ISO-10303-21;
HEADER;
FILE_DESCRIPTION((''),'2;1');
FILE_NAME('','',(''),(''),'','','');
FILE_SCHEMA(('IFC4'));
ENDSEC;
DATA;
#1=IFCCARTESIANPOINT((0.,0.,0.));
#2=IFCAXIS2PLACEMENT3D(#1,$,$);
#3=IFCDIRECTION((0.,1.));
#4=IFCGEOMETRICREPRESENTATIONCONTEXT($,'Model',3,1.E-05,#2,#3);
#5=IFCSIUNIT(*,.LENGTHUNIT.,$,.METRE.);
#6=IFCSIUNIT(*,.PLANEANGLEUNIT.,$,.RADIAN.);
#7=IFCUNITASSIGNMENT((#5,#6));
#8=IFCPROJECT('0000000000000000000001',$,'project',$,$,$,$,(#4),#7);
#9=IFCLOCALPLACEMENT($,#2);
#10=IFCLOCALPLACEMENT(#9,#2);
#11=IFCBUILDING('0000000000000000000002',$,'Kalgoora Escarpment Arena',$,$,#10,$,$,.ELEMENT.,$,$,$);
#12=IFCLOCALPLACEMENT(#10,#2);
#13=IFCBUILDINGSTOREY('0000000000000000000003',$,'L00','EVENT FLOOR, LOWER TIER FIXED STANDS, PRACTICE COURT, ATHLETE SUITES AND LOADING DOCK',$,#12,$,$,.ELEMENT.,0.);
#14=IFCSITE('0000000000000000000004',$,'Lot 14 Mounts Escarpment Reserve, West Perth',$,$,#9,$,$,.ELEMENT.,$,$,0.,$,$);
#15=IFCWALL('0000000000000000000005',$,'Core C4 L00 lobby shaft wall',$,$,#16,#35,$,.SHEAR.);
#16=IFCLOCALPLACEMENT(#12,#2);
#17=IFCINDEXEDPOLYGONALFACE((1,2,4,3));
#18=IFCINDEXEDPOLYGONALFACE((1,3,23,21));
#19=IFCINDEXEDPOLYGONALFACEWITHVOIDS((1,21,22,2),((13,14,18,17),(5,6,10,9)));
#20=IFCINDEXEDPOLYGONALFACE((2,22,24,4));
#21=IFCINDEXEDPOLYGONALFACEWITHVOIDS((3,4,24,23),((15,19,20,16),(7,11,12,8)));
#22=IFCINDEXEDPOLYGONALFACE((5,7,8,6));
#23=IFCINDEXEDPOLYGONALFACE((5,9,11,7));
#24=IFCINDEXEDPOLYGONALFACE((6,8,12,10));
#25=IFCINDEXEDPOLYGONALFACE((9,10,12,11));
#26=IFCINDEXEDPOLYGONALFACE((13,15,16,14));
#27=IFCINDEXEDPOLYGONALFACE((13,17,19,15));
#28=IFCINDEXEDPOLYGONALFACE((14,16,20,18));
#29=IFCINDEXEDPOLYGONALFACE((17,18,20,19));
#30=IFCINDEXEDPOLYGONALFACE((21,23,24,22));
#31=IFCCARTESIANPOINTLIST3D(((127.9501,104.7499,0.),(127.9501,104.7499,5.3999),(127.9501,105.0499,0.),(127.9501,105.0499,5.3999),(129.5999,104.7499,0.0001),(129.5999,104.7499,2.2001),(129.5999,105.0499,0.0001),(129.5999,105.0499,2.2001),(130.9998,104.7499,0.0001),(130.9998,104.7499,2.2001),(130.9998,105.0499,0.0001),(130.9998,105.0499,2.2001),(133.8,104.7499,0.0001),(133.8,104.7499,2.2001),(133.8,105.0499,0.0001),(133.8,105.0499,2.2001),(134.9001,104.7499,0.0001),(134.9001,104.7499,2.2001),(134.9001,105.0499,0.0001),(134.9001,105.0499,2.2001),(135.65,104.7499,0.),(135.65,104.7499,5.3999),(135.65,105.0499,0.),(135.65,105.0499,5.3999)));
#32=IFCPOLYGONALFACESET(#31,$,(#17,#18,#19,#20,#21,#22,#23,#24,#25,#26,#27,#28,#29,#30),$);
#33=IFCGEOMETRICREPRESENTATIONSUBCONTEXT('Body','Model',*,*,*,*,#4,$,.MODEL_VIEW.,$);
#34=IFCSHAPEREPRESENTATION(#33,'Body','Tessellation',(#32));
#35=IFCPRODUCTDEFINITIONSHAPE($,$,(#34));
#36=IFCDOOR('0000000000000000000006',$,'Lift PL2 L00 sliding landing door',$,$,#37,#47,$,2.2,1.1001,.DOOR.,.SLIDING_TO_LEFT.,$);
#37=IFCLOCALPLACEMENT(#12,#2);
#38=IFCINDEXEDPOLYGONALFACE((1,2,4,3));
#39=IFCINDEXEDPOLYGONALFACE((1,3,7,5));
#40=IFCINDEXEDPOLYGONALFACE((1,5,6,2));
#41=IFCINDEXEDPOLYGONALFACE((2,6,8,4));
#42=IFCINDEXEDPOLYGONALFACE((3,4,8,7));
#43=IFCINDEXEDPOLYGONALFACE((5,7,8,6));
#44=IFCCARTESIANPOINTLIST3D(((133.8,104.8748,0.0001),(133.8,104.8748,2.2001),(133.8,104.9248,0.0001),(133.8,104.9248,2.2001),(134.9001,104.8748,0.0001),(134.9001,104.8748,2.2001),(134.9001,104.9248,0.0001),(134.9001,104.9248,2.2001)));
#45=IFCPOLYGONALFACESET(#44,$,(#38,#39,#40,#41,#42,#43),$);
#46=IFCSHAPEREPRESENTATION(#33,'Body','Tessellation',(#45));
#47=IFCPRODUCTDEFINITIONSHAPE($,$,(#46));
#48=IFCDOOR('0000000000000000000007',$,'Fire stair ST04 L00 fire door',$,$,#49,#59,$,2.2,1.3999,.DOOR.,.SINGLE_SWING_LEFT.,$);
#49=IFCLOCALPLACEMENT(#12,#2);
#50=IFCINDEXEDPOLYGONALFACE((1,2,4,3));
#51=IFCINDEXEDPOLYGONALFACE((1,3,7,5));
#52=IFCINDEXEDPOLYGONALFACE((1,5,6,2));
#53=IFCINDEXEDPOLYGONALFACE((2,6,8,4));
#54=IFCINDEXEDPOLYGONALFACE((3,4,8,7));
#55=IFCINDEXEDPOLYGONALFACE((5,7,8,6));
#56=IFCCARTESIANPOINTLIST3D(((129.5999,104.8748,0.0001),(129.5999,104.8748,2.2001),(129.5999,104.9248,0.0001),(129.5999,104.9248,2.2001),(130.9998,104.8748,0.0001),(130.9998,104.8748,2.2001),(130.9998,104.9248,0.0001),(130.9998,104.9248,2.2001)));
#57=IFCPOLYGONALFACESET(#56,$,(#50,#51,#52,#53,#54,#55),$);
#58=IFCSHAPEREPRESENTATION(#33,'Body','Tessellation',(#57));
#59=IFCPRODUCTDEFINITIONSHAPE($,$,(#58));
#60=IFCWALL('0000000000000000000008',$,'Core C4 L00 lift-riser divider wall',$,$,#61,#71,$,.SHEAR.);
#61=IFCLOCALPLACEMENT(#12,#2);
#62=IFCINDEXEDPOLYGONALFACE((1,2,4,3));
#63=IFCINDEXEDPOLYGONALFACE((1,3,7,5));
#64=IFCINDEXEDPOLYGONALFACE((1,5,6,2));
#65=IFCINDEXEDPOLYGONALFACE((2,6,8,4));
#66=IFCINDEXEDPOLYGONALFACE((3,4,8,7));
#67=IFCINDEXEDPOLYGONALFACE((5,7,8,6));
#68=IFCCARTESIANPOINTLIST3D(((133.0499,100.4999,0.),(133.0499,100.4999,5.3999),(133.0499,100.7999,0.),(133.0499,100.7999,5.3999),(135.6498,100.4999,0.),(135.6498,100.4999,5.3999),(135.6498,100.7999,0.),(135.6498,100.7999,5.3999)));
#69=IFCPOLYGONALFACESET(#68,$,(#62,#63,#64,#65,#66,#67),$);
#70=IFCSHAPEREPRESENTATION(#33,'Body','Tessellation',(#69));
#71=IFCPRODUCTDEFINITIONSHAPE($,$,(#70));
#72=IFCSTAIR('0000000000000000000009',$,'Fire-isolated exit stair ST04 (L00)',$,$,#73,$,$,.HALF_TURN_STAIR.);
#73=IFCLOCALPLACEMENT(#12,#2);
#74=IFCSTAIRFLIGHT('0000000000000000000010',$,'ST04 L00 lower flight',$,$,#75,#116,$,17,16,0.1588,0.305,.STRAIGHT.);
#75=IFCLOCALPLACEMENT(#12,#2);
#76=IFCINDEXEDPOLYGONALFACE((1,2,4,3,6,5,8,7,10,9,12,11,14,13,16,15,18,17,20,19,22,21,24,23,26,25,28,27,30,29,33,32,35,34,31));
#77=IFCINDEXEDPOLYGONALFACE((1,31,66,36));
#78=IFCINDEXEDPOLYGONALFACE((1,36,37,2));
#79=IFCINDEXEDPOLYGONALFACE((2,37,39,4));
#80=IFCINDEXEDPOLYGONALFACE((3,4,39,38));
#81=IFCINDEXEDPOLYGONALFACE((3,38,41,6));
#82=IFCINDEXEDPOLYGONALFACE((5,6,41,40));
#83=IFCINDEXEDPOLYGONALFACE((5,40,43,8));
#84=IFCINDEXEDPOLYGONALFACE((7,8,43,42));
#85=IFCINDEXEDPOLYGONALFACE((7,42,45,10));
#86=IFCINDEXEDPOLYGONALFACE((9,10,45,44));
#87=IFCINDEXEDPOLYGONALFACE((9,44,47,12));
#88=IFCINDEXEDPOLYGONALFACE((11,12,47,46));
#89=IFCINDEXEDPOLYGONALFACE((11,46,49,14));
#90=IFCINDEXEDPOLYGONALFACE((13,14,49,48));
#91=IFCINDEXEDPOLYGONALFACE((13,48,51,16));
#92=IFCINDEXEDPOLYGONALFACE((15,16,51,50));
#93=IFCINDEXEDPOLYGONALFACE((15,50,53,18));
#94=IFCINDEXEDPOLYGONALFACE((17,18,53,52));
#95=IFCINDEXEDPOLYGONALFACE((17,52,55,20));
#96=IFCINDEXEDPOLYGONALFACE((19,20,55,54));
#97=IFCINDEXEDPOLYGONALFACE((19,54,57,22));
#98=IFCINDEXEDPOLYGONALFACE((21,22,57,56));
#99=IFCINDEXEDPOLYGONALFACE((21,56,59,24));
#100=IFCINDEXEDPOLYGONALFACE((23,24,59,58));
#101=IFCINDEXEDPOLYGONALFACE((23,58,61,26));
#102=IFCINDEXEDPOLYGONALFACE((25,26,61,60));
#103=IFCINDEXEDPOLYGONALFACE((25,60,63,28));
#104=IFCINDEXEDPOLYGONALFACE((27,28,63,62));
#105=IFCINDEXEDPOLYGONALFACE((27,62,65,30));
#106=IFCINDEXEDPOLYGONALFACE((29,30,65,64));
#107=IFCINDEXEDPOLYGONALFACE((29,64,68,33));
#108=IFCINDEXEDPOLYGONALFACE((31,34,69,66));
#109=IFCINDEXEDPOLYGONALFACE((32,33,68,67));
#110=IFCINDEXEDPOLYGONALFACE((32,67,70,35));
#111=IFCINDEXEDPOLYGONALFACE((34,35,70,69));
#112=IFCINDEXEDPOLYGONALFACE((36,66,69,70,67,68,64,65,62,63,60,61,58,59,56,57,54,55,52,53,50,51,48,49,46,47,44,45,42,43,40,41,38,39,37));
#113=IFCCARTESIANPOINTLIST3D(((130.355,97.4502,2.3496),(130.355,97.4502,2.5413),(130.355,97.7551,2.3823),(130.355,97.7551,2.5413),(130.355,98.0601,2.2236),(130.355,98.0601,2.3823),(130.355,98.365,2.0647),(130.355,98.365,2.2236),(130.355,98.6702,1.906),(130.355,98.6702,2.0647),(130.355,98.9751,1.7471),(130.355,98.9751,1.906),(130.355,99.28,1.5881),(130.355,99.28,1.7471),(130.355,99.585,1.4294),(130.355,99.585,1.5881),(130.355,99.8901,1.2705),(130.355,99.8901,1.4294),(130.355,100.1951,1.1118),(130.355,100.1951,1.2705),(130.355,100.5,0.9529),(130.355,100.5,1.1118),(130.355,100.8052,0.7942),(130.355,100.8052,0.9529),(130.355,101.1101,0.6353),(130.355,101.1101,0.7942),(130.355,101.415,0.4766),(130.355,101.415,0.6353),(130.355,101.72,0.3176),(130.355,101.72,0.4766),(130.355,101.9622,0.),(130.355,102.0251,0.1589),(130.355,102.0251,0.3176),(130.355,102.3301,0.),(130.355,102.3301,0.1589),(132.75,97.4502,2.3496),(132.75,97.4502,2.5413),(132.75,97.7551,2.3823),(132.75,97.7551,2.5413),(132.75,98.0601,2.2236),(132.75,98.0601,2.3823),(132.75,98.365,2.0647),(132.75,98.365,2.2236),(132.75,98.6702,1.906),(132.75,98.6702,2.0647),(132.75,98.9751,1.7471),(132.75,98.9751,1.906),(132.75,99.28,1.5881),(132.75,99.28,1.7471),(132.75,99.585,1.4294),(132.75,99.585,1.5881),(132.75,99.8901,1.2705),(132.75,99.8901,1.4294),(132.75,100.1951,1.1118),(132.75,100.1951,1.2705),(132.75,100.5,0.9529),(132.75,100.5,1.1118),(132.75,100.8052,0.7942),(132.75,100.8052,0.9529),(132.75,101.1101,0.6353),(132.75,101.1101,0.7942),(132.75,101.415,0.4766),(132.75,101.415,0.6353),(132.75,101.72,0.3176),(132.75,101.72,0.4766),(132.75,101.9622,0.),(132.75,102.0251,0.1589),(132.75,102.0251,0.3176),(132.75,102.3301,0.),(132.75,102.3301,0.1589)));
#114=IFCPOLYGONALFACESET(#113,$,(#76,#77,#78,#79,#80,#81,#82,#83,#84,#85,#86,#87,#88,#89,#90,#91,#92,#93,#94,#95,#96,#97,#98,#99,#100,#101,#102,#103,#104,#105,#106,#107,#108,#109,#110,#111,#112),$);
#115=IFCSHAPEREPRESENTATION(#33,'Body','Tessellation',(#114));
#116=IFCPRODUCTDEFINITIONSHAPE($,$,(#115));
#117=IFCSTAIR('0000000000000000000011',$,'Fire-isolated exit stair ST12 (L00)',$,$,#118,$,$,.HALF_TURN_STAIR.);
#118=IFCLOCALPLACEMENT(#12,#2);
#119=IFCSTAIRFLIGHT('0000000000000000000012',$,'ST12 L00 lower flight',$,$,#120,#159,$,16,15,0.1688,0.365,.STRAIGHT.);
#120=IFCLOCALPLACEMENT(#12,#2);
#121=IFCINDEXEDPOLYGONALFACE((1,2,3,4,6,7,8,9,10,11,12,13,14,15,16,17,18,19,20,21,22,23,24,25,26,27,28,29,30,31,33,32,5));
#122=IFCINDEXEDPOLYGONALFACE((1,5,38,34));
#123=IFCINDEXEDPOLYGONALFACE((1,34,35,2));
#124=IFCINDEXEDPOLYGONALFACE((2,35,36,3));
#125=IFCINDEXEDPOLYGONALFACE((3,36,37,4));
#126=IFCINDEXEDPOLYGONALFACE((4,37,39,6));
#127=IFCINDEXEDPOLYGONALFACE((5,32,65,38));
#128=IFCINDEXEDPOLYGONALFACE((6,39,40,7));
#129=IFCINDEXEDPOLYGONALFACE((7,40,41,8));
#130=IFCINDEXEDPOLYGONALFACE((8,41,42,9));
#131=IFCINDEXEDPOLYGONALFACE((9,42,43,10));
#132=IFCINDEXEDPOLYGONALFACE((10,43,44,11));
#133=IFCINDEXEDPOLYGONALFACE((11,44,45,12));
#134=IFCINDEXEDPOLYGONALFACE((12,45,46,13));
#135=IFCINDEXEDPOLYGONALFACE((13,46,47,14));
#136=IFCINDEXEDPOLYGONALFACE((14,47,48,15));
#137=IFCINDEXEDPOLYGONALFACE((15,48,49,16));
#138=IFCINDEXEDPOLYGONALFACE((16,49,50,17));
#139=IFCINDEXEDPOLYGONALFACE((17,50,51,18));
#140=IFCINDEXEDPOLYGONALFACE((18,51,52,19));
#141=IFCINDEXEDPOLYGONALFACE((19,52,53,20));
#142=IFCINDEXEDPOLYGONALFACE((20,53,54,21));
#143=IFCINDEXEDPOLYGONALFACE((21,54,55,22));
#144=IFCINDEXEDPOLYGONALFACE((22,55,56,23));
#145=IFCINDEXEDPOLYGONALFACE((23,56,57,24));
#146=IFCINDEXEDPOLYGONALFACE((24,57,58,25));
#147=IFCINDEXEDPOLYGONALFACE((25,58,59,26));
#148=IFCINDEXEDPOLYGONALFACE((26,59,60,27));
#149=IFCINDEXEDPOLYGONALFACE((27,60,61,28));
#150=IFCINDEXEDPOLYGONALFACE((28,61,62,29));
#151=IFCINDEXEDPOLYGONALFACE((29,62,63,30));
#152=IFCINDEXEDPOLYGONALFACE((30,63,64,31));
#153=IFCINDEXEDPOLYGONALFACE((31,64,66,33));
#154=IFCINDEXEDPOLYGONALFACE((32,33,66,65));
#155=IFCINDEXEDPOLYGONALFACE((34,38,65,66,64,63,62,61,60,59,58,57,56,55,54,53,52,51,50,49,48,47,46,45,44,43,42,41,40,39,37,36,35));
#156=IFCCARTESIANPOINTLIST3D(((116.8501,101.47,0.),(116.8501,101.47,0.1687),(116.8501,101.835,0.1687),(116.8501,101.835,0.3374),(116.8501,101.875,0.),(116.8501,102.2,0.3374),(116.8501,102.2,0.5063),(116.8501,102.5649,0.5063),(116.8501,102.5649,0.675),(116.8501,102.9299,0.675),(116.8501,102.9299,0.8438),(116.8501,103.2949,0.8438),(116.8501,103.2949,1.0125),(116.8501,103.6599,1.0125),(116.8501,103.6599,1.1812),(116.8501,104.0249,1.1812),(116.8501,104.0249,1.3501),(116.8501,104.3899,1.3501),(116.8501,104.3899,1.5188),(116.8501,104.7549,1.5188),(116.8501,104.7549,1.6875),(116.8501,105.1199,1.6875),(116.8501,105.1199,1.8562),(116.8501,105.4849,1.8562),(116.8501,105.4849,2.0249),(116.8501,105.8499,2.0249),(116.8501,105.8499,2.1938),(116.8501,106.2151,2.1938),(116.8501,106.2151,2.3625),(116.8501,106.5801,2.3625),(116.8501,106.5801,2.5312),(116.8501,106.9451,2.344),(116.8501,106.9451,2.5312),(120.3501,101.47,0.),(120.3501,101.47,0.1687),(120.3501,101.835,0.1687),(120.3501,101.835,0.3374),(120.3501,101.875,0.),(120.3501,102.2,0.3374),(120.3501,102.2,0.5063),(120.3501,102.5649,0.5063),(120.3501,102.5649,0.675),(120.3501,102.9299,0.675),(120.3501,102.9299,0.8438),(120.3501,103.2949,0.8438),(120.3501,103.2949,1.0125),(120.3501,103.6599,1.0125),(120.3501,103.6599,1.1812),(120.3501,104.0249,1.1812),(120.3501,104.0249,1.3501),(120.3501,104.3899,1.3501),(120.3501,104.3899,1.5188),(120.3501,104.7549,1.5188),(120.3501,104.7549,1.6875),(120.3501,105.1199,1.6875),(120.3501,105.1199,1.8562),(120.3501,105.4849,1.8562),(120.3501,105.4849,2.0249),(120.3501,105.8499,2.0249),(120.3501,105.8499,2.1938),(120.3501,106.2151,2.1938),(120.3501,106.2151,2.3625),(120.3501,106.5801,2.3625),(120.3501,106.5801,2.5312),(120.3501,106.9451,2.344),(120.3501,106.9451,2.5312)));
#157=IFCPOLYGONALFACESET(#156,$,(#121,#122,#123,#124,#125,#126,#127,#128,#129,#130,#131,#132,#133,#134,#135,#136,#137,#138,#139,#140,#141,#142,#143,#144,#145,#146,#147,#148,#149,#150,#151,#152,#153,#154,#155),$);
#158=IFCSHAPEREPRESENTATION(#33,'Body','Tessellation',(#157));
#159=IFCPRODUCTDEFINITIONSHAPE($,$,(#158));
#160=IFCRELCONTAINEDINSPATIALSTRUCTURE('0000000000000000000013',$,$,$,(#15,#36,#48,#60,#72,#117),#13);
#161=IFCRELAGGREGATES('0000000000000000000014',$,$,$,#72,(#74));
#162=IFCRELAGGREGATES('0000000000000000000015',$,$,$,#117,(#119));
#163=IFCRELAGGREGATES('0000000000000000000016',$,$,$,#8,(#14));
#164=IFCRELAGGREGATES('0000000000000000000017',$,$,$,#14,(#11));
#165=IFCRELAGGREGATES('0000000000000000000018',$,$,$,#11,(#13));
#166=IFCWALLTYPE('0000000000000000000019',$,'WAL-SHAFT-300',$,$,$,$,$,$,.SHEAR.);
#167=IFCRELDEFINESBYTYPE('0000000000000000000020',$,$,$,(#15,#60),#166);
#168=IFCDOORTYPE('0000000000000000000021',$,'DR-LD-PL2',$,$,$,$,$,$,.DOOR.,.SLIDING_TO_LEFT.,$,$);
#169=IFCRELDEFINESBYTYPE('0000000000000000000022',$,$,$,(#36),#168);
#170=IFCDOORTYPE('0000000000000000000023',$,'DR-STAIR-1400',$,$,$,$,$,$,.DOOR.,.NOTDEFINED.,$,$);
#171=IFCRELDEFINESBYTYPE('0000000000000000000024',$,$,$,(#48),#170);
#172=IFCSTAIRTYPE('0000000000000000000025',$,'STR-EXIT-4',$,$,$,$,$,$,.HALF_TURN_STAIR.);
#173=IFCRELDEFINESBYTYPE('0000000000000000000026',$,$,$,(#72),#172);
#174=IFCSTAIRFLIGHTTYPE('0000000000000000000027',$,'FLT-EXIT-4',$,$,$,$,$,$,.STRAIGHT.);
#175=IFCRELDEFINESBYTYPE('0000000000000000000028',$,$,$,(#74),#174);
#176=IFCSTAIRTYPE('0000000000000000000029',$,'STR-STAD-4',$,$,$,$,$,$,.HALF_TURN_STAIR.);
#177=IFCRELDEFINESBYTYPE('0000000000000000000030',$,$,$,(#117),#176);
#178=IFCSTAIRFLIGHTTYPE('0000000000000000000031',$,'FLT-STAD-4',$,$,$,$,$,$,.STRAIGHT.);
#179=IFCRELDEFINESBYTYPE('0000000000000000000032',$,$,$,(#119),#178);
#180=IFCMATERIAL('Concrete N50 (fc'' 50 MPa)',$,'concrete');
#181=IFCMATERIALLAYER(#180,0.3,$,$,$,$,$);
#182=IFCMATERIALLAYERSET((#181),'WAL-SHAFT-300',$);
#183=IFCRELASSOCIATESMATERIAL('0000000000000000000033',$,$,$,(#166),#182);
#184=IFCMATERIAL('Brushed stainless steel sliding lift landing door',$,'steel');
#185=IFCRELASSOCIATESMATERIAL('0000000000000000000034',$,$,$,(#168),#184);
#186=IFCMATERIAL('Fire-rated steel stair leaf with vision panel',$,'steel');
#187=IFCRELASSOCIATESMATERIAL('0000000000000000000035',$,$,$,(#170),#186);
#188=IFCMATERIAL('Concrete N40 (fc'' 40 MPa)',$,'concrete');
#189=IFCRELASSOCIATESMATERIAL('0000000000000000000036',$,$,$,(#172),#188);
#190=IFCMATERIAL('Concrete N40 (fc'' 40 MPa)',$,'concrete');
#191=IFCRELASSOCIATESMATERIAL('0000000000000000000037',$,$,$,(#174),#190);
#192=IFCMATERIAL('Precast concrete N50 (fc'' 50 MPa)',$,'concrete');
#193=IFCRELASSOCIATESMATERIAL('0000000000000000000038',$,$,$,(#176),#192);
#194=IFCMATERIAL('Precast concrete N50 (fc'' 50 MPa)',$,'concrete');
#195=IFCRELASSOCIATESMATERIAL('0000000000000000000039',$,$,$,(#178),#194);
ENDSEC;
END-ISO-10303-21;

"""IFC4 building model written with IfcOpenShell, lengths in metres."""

from ifc_helpers import new_model, si_unit, direction, frame, frame_2d, origin, place, context, subcontext, project, spatial, polyline, rectangle, outline, extrude, material, layer, layer_set, type_object, element, fill, aggregate, save


model = new_model("IFC4")

# Units and contexts
model_context = context("Model", 3, precision=1e-05, world=origin(), true_north=direction((0.0, 1.0)))
body_context = subcontext(model_context, "Body", "Model", "MODEL_VIEW")
ifc_project = project(units=[si_unit("LENGTHUNIT", "METRE"), si_unit("PLANEANGLEUNIT", "RADIAN")], contexts=[model_context])

# Site, building, storey
site_placement = place(None, origin())
site = spatial("IfcSite", under=ifc_project, at=site_placement, Name="Lot 14 Mounts Escarpment Reserve, West Perth", CompositionType="ELEMENT", RefElevation=0.0)
building_placement = place(site_placement, origin())
building = spatial("IfcBuilding", under=site, at=building_placement, Name="Kalgoora Escarpment Arena", CompositionType="ELEMENT")
storey_placement = place(building_placement, origin())
storey = spatial("IfcBuildingStorey", under=building, at=storey_placement, Name="L00", Description="EVENT FLOOR, LOWER TIER FIXED STANDS, PRACTICE COURT, ATHLETE SUITES AND LOADING DOCK", CompositionType="ELEMENT", Elevation=0.0)

# Wall, openings, doors
ifc_material_1 = material(Name="Concrete N50 (fc' 50 MPa)", Category="concrete")
ifc_layer = layer(ifc_material_1, 0.3)
ifc_layer_set = layer_set([ifc_layer], Name="WAL-SHAFT-300")
wall_type = type_object("IfcWallType", Name="WAL-SHAFT-300", PredefinedType="SHEAR", material=ifc_layer_set)
wall_1_placement = place(storey_placement, frame((127.95, 104.8999, 0.0), z_axis=(0.0, 0.0, 1.0), x_axis=(1.0, 0.0, 0.0)))
wall_1 = element("IfcWall", 1, at=wall_1_placement, inside=storey, type_object=wall_type, Name="Core C4 L00 lobby shaft wall", PredefinedType="SHEAR", context=body_context, shape_type="SweptSolid", body=[
    extrude(rectangle(XDim=7.7, YDim=0.3, at=frame_2d((3.8501, 0.0))), origin(), (0.0, 0.0, 1.0), 5.3999),
])
opening_1_placement = place(wall_1_placement, frame((1.6499, 0.0, 0.0)))
opening_1 = element("IfcOpeningElement", 2, at=opening_1_placement, cuts=wall_1, PredefinedType="OPENING", context=body_context, shape_type="SweptSolid", body=[
    extrude(rectangle(XDim=1.3999, YDim=2.2, at=frame_2d((0.7, 1.1001))), frame((0.0, 0.1599, 0.0), z_axis=(0.0, -1.0, 0.0), x_axis=(1.0, 0.0, 0.0)), (0.0, 0.0, 1.0), 0.3201),
])
opening_2_placement = place(wall_1_placement, frame((5.8501, 0.0, 0.0)))
opening_2 = element("IfcOpeningElement", 3, at=opening_2_placement, cuts=wall_1, PredefinedType="OPENING", context=body_context, shape_type="SweptSolid", body=[
    extrude(rectangle(XDim=1.1001, YDim=2.2, at=frame_2d((0.55, 1.1001))), frame((0.0, 0.1599, 0.0), z_axis=(0.0, -1.0, 0.0), x_axis=(1.0, 0.0, 0.0)), (0.0, 0.0, 1.0), 0.3201),
])
ifc_material_2 = material(Name="Brushed stainless steel sliding lift landing door", Category="steel")
door_type_1 = type_object("IfcDoorType", Name="DR-LD-PL2", OperationType="SLIDING_TO_LEFT", PredefinedType="DOOR", material=ifc_material_2)
door_1_placement = place(opening_2_placement, origin())
door_1 = element("IfcDoor", 4, at=door_1_placement, inside=storey, type_object=door_type_1, Name="Lift PL2 L00 sliding landing door", OperationType="SLIDING_TO_LEFT", OverallHeight=2.2, OverallWidth=1.1001, PredefinedType="DOOR", context=body_context, shape_type="SweptSolid", body=[
    extrude(rectangle(XDim=1.1001, YDim=2.2, at=frame_2d((0.55, 1.1001))), frame((0.0, 0.0249, 0.0), z_axis=(0.0, -1.0, 0.0), x_axis=(1.0, 0.0, 0.0)), (0.0, 0.0, 1.0), 0.05),
])
fill(opening_2, door_1)
ifc_material_3 = material(Name="Fire-rated steel stair leaf with vision panel", Category="steel")
door_type_2 = type_object("IfcDoorType", Name="DR-STAIR-1400", OperationType="NOTDEFINED", PredefinedType="DOOR", material=ifc_material_3)
door_2_placement = place(opening_1_placement, origin())
door_2 = element("IfcDoor", 5, at=door_2_placement, inside=storey, type_object=door_type_2, Name="Fire stair ST04 L00 fire door", OperationType="SINGLE_SWING_LEFT", OverallHeight=2.2, OverallWidth=1.3999, PredefinedType="DOOR", context=body_context, shape_type="SweptSolid", body=[
    extrude(rectangle(XDim=1.3999, YDim=2.2, at=frame_2d((0.7, 1.1001))), frame((0.0, 0.0249, 0.0), z_axis=(0.0, -1.0, 0.0), x_axis=(1.0, 0.0, 0.0)), (0.0, 0.0, 1.0), 0.05),
])
fill(opening_1, door_2)

# Wall
wall_2_placement = place(storey_placement, frame((133.05, 100.6499, 0.0), z_axis=(0.0, 0.0, 1.0), x_axis=(1.0, 0.0, 0.0)))
element("IfcWall", 6, at=wall_2_placement, inside=storey, type_object=wall_type, Name="Core C4 L00 lift-riser divider wall", PredefinedType="SHEAR", context=body_context, shape_type="SweptSolid", body=[
    extrude(rectangle(XDim=2.5999, YDim=0.3, at=frame_2d((1.2998, 0.0))), origin(), (0.0, 0.0, 1.0), 5.3999),
])

# Stair, stair flight
ifc_material_4 = material(Name="Concrete N40 (fc' 40 MPa)", Category="concrete")
stair_type_1 = type_object("IfcStairType", Name="STR-EXIT-4", PredefinedType="HALF_TURN_STAIR", material=ifc_material_4)
stair_1_placement = place(storey_placement, origin())
stair_1 = element("IfcStair", 7, at=stair_1_placement, inside=storey, type_object=stair_type_1, Name="Fire-isolated exit stair ST04 (L00)", PredefinedType="HALF_TURN_STAIR")
ifc_material_5 = material(Name="Concrete N40 (fc' 40 MPa)", Category="concrete")
stair_flight_type_1 = type_object("IfcStairFlightType", Name="FLT-EXIT-4", PredefinedType="STRAIGHT", material=ifc_material_5)
stair_flight_1_placement = place(storey_placement, frame((131.5525, 102.3301, 0.0), z_axis=(0.0, 0.0, 1.0), x_axis=(0.0, -1.0, 0.0)))
stair_flight_1 = element("IfcStairFlight", 8, at=stair_flight_1_placement, type_object=stair_flight_type_1, Name="ST04 L00 lower flight", NumberOfRisers=17, NumberOfTreads=16, PredefinedType="STRAIGHT", RiserHeight=0.1588, TreadLength=0.305, context=body_context, shape_type="SweptSolid", body=[
    extrude(outline(polyline([(0.0, 0.0), (0.0, 0.1589), (0.3049, 0.1589), (0.3049, 0.3176), (0.6101, 0.3176), (0.6101, 0.4766), (0.915, 0.4766), (0.915, 0.6353), (1.22, 0.6353), (1.22, 0.7942), (1.5249, 0.7942), (1.5249, 0.9529), (1.8301, 0.9529), (1.8301, 1.1118), (2.135, 1.1118), (2.135, 1.2705), (2.4399, 1.2705), (2.4399, 1.4294), (2.7451, 1.4294), (2.7451, 1.5881), (3.05, 1.5881), (3.05, 1.7471), (3.355, 1.7471), (3.355, 1.906), (3.6599, 1.906), (3.6599, 2.0647), (3.9651, 2.0647), (3.9651, 2.2236), (4.27, 2.2236), (4.27, 2.3823), (4.575, 2.3823), (4.575, 2.5413), (4.8799, 2.5413), (4.8799, 2.7), (4.8799, 2.3496), (0.3679, 0.0), (0.0, 0.0)])), frame((0.0, 1.1975, 0.0), z_axis=(0.0, -1.0, 0.0), x_axis=(1.0, 0.0, 0.0)), (0.0, 0.0, 1.0), 2.395),
])
aggregate(stair_1, [stair_flight_1])

# Stair, stair flight
ifc_material_6 = material(Name="Precast concrete N50 (fc' 50 MPa)", Category="concrete")
stair_type_2 = type_object("IfcStairType", Name="STR-STAD-4", PredefinedType="HALF_TURN_STAIR", material=ifc_material_6)
stair_2_placement = place(storey_placement, origin())
stair_2 = element("IfcStair", 9, at=stair_2_placement, inside=storey, type_object=stair_type_2, Name="Fire-isolated exit stair ST12 (L00)", PredefinedType="HALF_TURN_STAIR")
ifc_material_7 = material(Name="Precast concrete N50 (fc' 50 MPa)", Category="concrete")
stair_flight_type_2 = type_object("IfcStairFlightType", Name="FLT-STAD-4", PredefinedType="STRAIGHT", material=ifc_material_7)
stair_flight_2_placement = place(storey_placement, frame((118.6001, 101.47, 0.0), z_axis=(0.0, 0.0, 1.0), x_axis=(0.0, 1.0, 0.0)))
stair_flight_2 = element("IfcStairFlight", 10, at=stair_flight_2_placement, type_object=stair_flight_type_2, Name="ST12 L00 lower flight", NumberOfRisers=16, NumberOfTreads=15, PredefinedType="STRAIGHT", RiserHeight=0.1688, TreadLength=0.365, context=body_context, shape_type="SweptSolid", body=[
    extrude(outline(polyline([(0.0, 0.0), (0.0, 0.1687), (0.365, 0.1687), (0.365, 0.3374), (0.73, 0.3374), (0.73, 0.5063), (1.095, 0.5063), (1.095, 0.675), (1.46, 0.675), (1.46, 0.8438), (1.825, 0.8438), (1.825, 1.0125), (2.1899, 1.0125), (2.1899, 1.1812), (2.5549, 1.1812), (2.5549, 1.3501), (2.9199, 1.3501), (2.9199, 1.5188), (3.2849, 1.5188), (3.2849, 1.6875), (3.6499, 1.6875), (3.6499, 1.8562), (4.0149, 1.8562), (4.0149, 2.0249), (4.3799, 2.0249), (4.3799, 2.1938), (4.7451, 2.1938), (4.7451, 2.3625), (5.1101, 2.3625), (5.1101, 2.5312), (5.4751, 2.5312), (5.4751, 2.7), (5.4751, 2.344), (0.405, 0.0), (0.0, 0.0)])), frame((0.0, 1.75, 0.0), z_axis=(0.0, -1.0, 0.0), x_axis=(1.0, 0.0, 0.0)), (0.0, 0.0, 1.0), 3.5),
])
aggregate(stair_2, [stair_flight_2])

save(model, "model.ifc")
